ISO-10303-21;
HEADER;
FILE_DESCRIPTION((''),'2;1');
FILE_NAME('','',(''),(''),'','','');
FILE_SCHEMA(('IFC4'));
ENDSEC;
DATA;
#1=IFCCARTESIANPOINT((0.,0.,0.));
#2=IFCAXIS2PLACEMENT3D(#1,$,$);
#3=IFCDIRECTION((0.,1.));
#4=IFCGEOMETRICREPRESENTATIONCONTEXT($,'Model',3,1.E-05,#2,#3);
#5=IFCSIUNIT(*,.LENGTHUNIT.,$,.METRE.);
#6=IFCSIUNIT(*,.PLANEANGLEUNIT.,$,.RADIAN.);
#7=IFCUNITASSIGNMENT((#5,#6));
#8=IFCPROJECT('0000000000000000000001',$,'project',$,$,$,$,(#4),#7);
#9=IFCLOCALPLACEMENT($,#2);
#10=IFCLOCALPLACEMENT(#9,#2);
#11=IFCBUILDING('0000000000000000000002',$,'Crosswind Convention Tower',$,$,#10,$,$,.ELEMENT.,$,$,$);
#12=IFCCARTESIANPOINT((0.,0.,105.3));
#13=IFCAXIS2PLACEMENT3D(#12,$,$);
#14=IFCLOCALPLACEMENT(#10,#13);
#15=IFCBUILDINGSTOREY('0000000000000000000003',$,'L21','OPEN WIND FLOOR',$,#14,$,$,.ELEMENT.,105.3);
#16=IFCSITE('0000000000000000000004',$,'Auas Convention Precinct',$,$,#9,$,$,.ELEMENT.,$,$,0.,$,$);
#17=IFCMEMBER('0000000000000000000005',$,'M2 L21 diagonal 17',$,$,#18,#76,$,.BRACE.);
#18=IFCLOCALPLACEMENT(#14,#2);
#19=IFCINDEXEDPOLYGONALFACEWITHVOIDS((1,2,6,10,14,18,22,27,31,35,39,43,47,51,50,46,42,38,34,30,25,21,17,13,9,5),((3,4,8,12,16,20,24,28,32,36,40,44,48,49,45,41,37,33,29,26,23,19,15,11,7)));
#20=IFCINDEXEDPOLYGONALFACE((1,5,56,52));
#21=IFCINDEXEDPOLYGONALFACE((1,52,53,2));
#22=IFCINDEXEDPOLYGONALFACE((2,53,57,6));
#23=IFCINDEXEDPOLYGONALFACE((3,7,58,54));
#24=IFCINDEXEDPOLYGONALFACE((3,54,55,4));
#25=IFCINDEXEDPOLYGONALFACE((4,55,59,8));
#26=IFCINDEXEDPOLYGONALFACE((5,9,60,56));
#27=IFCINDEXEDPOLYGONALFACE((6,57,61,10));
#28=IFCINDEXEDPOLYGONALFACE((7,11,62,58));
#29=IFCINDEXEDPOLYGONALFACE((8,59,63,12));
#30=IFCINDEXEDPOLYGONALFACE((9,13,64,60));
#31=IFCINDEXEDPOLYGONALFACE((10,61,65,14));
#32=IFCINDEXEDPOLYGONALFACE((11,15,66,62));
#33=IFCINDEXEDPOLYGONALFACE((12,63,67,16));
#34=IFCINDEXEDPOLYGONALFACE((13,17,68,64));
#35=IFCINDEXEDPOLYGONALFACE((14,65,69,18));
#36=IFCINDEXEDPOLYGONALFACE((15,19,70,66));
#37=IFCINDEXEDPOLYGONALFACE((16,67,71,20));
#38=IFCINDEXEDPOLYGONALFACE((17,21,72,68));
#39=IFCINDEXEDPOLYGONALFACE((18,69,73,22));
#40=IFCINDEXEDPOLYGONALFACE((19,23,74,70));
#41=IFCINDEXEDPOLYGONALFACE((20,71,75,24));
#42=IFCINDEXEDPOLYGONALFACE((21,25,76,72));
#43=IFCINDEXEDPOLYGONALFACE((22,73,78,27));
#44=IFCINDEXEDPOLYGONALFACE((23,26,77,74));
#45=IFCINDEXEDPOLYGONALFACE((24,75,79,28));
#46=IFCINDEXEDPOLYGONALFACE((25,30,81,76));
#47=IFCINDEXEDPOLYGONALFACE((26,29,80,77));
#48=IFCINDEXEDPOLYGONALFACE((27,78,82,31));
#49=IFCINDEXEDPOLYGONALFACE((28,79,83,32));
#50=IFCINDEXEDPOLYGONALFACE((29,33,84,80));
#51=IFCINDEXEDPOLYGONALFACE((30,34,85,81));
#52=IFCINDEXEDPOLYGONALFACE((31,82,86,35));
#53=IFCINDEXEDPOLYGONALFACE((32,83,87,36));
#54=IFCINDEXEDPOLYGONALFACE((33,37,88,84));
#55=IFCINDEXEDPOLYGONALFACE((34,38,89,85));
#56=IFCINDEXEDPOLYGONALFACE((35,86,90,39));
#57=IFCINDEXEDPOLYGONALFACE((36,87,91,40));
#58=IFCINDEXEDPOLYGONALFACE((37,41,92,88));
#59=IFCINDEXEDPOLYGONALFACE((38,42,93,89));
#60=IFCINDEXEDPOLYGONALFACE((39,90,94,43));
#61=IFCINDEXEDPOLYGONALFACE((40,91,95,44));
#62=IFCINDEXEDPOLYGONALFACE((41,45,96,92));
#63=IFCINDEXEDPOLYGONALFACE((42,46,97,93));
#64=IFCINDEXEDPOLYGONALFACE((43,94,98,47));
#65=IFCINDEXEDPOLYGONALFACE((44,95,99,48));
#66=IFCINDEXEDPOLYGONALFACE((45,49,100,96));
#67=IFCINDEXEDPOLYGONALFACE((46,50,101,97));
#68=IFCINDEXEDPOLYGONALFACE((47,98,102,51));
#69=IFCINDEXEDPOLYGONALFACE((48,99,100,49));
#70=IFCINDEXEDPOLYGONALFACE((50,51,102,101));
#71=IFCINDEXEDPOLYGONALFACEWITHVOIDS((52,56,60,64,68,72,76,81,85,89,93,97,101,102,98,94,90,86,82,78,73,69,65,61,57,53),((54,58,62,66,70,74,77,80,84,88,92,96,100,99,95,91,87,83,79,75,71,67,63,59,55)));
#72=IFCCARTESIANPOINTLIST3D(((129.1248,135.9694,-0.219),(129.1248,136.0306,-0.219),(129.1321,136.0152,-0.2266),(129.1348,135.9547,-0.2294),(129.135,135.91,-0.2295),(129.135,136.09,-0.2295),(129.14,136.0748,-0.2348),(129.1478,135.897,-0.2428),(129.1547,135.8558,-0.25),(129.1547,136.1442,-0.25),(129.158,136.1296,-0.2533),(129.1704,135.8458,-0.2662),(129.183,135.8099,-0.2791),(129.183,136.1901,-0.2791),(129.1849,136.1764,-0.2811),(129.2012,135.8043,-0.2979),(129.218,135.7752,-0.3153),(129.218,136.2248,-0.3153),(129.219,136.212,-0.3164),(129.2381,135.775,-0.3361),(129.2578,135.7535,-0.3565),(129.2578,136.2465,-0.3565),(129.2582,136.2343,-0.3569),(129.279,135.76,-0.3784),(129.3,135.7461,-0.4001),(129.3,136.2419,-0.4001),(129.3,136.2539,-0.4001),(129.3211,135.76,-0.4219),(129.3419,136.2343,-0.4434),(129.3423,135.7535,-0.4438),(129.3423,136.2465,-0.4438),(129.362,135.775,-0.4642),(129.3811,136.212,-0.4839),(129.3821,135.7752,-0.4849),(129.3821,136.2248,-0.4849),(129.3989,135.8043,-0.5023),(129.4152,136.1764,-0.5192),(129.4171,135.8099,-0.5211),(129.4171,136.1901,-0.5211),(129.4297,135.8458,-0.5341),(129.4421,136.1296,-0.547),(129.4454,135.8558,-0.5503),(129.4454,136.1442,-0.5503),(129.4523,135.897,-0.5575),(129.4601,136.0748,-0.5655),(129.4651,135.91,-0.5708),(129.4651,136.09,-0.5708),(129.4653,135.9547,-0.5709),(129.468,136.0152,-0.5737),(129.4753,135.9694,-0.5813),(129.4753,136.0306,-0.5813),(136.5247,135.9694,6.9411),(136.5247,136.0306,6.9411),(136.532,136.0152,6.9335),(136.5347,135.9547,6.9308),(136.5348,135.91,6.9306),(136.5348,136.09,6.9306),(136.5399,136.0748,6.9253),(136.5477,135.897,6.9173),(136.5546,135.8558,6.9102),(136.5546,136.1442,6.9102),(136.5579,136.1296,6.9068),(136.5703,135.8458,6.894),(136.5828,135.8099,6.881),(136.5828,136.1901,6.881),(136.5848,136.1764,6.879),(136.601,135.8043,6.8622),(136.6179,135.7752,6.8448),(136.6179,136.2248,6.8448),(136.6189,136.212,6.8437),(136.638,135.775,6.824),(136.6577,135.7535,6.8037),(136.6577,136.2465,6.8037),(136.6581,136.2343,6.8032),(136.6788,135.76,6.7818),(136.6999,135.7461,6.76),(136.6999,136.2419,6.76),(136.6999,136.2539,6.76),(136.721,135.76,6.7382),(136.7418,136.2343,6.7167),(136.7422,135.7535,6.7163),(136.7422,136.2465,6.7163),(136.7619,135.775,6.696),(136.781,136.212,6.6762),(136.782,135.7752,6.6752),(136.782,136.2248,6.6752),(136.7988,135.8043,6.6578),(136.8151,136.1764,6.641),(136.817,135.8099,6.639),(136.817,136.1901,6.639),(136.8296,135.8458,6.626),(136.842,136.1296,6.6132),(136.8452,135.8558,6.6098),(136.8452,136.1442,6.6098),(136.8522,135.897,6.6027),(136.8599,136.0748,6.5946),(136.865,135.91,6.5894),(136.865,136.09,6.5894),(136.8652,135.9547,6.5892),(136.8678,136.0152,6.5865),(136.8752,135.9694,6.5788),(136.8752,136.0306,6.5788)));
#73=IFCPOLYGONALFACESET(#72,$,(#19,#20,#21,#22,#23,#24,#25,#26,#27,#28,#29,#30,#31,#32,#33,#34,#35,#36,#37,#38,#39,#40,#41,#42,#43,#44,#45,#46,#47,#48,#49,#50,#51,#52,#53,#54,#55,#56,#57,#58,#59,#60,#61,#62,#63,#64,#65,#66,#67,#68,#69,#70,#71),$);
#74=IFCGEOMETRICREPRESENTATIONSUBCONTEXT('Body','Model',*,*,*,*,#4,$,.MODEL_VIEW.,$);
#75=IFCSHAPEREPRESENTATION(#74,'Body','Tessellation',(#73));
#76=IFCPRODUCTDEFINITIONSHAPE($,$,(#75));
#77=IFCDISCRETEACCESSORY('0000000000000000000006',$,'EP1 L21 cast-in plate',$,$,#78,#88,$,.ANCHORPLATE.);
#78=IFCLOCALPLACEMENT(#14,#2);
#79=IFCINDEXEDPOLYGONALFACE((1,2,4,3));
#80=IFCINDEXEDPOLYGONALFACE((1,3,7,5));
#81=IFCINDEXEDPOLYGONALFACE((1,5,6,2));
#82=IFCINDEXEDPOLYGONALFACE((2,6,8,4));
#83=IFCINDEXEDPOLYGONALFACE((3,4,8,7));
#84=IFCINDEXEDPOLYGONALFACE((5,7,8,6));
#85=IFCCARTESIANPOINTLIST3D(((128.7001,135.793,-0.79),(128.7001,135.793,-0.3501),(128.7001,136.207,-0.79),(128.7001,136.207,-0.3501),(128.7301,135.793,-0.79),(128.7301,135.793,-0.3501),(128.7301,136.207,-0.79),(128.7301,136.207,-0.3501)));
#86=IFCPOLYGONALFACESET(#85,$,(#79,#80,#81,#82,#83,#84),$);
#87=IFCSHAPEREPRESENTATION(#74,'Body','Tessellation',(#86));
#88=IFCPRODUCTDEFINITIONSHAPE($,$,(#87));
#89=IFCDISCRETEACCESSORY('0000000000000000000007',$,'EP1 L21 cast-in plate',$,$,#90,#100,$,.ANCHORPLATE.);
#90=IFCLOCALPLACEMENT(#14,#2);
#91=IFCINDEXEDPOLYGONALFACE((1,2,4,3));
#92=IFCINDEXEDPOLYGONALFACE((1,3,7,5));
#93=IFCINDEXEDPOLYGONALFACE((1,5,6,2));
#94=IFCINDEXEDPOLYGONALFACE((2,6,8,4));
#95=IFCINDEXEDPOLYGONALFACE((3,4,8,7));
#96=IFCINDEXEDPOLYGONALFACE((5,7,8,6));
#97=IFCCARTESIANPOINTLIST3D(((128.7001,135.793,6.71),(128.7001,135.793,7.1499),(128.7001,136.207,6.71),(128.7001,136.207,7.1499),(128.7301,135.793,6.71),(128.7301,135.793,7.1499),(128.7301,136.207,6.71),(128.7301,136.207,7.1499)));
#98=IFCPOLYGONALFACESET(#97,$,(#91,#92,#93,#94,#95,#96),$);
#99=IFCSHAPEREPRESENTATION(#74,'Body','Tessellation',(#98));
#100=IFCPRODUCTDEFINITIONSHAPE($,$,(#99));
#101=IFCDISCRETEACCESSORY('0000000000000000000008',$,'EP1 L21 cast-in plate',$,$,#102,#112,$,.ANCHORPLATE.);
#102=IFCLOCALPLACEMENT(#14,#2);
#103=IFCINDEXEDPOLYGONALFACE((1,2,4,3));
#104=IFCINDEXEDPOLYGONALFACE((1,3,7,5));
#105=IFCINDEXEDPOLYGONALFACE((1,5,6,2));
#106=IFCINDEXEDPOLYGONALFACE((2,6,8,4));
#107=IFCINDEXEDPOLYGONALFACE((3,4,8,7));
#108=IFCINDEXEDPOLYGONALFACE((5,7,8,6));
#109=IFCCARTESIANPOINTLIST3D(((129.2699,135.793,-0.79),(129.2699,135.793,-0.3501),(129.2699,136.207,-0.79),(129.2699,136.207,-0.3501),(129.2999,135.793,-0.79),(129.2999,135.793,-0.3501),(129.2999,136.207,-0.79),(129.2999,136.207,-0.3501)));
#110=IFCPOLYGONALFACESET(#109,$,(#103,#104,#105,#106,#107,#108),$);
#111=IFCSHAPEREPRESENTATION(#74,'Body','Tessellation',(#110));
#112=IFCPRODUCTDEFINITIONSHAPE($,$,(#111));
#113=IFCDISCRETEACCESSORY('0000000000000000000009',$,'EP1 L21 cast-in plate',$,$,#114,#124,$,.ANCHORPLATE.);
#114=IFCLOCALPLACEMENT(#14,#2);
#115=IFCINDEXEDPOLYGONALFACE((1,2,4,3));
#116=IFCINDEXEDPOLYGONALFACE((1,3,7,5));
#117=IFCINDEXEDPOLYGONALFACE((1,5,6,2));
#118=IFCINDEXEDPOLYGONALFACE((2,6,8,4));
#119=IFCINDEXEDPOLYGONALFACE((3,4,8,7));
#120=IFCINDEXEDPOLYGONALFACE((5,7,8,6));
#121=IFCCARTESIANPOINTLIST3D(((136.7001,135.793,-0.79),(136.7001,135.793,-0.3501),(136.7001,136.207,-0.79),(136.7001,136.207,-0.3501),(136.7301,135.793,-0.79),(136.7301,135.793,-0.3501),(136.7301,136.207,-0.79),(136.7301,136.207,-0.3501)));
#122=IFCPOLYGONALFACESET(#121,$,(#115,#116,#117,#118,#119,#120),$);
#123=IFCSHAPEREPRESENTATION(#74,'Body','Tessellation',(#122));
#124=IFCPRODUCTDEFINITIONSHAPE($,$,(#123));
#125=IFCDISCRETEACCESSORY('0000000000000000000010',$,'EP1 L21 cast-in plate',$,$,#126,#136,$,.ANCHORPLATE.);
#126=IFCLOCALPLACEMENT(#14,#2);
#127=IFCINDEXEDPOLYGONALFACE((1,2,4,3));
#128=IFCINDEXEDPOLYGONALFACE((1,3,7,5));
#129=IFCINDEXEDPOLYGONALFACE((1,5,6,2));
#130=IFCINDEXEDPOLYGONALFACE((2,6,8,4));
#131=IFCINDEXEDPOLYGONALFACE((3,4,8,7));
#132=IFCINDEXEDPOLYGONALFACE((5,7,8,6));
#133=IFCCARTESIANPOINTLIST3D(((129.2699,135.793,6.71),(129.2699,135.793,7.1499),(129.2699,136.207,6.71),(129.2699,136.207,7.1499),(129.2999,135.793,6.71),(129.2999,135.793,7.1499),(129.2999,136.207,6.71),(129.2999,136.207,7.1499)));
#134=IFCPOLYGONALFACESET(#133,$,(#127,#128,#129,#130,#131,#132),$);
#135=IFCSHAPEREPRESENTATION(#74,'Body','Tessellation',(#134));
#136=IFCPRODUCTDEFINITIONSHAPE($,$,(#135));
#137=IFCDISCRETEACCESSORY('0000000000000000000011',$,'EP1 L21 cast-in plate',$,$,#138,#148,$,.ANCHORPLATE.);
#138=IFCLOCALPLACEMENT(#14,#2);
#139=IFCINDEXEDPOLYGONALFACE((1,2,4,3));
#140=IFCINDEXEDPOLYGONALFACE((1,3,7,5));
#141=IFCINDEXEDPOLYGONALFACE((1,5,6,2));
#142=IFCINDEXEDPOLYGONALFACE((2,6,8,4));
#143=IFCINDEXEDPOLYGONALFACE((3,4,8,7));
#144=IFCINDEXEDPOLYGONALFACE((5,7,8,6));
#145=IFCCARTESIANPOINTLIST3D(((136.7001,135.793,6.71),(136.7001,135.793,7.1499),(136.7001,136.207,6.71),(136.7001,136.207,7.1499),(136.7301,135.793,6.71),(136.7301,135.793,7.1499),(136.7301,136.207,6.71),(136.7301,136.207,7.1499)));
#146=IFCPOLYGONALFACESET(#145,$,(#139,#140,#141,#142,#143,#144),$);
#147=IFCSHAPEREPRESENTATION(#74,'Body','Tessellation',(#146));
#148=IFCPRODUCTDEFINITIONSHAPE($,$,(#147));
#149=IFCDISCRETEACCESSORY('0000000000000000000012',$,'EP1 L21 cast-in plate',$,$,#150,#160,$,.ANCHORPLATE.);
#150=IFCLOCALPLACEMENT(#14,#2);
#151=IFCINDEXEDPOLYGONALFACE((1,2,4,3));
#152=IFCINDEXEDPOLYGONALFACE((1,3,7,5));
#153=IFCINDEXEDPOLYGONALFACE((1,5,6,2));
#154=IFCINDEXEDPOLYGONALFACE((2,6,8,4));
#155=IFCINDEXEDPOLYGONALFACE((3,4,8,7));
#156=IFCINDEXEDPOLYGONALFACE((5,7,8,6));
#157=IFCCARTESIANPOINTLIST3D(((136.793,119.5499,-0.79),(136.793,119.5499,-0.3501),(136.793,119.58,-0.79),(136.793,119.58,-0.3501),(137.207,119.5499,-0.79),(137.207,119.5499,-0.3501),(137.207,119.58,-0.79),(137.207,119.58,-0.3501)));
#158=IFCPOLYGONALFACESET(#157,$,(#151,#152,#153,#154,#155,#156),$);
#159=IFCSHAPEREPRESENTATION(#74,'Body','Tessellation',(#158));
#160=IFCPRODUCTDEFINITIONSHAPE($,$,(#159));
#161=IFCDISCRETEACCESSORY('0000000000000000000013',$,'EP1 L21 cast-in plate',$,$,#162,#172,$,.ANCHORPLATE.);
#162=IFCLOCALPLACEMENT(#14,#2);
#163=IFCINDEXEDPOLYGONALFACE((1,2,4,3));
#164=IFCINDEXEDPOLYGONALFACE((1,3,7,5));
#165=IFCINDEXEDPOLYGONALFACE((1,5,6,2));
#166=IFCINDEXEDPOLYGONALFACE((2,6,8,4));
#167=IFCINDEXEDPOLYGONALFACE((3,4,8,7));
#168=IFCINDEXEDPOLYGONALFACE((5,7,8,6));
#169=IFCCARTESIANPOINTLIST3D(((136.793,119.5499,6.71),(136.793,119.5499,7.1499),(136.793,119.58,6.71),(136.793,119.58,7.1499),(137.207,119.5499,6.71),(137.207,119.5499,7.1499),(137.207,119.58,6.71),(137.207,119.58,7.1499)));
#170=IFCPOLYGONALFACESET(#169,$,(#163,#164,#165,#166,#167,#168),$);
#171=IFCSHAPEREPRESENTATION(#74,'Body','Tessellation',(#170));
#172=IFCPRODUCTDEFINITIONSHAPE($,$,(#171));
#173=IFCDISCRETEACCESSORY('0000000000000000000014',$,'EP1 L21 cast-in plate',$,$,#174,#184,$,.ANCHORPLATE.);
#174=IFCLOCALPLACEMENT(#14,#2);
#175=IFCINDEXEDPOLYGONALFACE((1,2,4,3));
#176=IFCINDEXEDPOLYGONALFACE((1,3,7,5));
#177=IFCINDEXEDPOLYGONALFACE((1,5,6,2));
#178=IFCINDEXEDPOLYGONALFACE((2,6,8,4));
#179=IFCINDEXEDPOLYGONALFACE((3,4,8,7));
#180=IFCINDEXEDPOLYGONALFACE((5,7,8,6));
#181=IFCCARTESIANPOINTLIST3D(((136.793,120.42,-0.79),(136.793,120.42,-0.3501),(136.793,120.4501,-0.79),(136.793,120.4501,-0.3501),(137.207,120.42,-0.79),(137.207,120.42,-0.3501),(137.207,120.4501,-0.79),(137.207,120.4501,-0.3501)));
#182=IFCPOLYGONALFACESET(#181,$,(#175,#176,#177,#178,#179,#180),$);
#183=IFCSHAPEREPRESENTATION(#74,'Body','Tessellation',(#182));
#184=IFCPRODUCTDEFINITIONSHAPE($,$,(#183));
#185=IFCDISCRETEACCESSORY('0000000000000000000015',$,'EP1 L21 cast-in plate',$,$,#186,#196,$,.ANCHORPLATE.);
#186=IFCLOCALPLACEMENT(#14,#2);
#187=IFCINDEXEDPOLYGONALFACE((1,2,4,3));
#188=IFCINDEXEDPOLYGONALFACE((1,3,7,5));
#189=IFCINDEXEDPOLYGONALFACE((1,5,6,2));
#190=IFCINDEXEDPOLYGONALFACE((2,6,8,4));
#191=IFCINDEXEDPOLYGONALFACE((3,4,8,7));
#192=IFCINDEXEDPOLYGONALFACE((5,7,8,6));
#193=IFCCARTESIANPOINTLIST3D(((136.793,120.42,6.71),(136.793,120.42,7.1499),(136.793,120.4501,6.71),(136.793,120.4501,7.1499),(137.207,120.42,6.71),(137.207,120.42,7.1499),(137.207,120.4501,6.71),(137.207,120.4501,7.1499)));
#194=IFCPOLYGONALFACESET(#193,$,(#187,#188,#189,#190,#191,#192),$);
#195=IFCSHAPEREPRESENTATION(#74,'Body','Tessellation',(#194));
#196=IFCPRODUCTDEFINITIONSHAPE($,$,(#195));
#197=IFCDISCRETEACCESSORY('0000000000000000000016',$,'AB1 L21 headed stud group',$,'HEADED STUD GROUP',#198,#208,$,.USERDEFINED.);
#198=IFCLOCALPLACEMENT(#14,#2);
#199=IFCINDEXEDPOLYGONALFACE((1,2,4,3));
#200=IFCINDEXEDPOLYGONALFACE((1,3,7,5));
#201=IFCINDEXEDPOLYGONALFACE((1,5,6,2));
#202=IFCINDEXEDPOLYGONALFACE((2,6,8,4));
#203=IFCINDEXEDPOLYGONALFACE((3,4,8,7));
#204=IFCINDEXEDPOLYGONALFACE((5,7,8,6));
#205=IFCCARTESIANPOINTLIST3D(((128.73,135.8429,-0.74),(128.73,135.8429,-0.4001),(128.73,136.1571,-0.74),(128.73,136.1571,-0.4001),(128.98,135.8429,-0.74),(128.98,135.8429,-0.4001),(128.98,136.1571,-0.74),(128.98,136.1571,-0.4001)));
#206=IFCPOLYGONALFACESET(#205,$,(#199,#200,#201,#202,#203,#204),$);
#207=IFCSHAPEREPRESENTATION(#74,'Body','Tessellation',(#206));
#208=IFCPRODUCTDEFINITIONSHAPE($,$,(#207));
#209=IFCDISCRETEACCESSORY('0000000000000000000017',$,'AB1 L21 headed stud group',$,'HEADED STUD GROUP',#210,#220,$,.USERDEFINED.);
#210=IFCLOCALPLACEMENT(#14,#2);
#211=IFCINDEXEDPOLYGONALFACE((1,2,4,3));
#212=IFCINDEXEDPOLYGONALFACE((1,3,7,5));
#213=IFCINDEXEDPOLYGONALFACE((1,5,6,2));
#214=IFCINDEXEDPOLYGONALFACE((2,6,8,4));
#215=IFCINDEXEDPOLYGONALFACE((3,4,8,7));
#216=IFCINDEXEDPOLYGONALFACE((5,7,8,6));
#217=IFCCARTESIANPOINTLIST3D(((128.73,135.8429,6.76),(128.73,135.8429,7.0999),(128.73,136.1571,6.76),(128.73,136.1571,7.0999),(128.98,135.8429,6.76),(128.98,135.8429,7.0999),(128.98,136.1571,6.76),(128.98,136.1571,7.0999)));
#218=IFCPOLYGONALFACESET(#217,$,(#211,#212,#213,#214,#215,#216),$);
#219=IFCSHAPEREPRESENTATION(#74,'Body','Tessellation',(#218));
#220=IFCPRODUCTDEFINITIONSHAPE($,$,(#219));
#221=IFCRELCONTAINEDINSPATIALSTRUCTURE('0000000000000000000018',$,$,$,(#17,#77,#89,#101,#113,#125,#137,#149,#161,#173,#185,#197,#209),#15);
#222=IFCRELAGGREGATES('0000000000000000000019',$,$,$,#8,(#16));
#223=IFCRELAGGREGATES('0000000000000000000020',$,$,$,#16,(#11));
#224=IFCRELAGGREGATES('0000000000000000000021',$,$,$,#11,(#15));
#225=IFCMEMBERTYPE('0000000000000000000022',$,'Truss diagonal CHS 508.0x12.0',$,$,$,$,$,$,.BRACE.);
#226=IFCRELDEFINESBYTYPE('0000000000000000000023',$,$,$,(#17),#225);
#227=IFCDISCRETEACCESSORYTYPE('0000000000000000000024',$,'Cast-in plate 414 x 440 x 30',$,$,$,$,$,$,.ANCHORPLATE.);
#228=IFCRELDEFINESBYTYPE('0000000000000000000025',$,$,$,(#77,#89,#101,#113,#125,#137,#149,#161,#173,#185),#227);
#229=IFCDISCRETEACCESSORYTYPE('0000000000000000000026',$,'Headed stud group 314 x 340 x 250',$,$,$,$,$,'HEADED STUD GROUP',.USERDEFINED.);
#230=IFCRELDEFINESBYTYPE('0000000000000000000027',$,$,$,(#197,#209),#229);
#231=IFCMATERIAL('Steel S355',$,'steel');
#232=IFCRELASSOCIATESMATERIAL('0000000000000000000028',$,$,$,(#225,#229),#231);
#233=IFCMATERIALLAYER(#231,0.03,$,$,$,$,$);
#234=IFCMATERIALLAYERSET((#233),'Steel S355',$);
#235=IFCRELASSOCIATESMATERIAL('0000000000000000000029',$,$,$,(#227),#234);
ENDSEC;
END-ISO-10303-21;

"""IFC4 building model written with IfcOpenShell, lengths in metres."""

from ifc_helpers import new_model, si_unit, direction, frame, origin, origin_2d, place, context, subcontext, project, spatial, rectangle, hollow_circle, extrude, material, layer, layer_set, material_profile, profile_set, type_object, element, save


model = new_model("IFC4")

# Units and contexts
model_context = context("Model", 3, precision=1e-05, world=origin(), true_north=direction((0.0, 1.0)))
body_context = subcontext(model_context, "Body", "Model", "MODEL_VIEW")
ifc_project = project(units=[si_unit("LENGTHUNIT", "METRE"), si_unit("PLANEANGLEUNIT", "RADIAN")], contexts=[model_context])

# Site, building, storey
site_placement = place(None, origin())
site = spatial("IfcSite", under=ifc_project, at=site_placement, Name="Auas Convention Precinct", CompositionType="ELEMENT", RefElevation=0.0)
building_placement = place(site_placement, origin())
building = spatial("IfcBuilding", under=site, at=building_placement, Name="Crosswind Convention Tower", CompositionType="ELEMENT")
storey_placement = place(building_placement, frame((0.0, 0.0, 105.3)))
storey = spatial("IfcBuildingStorey", under=building, at=storey_placement, Name="L21", Description="OPEN WIND FLOOR", CompositionType="ELEMENT", Elevation=105.3)

# Shared definitions
ifc_material_1 = material(Name="Steel S355", Category="steel")

# Member
ifc_material_profile_1 = material_profile(ifc_material_1, hollow_circle(Radius=0.2539, WallThickness=0.012, at=origin_2d()), Name="CHS 508.0x12.0")
ifc_profile_set_1 = profile_set([ifc_material_profile_1], Name="Steel S355")
member_type_1 = type_object("IfcMemberType", Name="Truss diagonal CHS 508.0x12.0", PredefinedType="BRACE", material=ifc_profile_set_1)
for number, where, z_axis, x_axis, name in (
    (1, (129.3, 136.0, -0.4001), (0.718653, 0.0, 0.695369), (0.0, 1.0, 0.0), "M2 L21 diagonal 17"),
):
    element("IfcMember", number, at=place(storey_placement, frame(where, z_axis=z_axis, x_axis=x_axis)), inside=storey, type_object=member_type_1, Name=name, PredefinedType="BRACE", context=body_context, shape_type="SweptSolid", body=[
        extrude(hollow_circle(Radius=0.2539, WallThickness=0.012, at=origin_2d()), origin(), (0.0, 0.0, 1.0), 10.2969),
    ])

# Discrete accessories
ifc_layer = layer(ifc_material_1, 0.03)
ifc_layer_set = layer_set([ifc_layer], Name="Steel S355")
discrete_accessory_type_1 = type_object("IfcDiscreteAccessoryType", Name="Cast-in plate 414 x 440 x 30", PredefinedType="ANCHORPLATE", material=ifc_layer_set)
for number, where, z_axis, x_axis, name in (
    (2, (128.7151, 136.0, -0.79), (0.0, 0.0, 1.0), (1.0, 0.0, 0.0), "EP1 L21 cast-in plate"),
    (3, (128.7151, 136.0, 6.71), (0.0, 0.0, 1.0), (1.0, 0.0, 0.0), "EP1 L21 cast-in plate"),
    (4, (129.2849, 136.0, -0.79), (0.0, 0.0, 1.0), (1.0, 0.0, 0.0), "EP1 L21 cast-in plate"),
    (5, (136.7151, 136.0, -0.79), (0.0, 0.0, 1.0), (1.0, 0.0, 0.0), "EP1 L21 cast-in plate"),
    (6, (129.2849, 136.0, 6.71), (0.0, 0.0, 1.0), (1.0, 0.0, 0.0), "EP1 L21 cast-in plate"),
    (7, (136.7151, 136.0, 6.71), (0.0, 0.0, 1.0), (1.0, 0.0, 0.0), "EP1 L21 cast-in plate"),
):
    element("IfcDiscreteAccessory", number, at=place(storey_placement, frame(where, z_axis=z_axis, x_axis=x_axis)), inside=storey, type_object=discrete_accessory_type_1, Name=name, PredefinedType="ANCHORPLATE", context=body_context, shape_type="SweptSolid", body=[
        extrude(rectangle(XDim=0.03, YDim=0.4141, at=origin_2d()), origin(), (0.0, 0.0, 1.0), 0.4399),
    ])
for number, where, z_axis, x_axis, name in (
    (8, (137.0, 119.5649, -0.79), (0.0, 0.0, 1.0), (1.0, 0.0, 0.0), "EP1 L21 cast-in plate"),
    (9, (137.0, 119.5649, 6.71), (0.0, 0.0, 1.0), (1.0, 0.0, 0.0), "EP1 L21 cast-in plate"),
    (10, (137.0, 120.4351, -0.79), (0.0, 0.0, 1.0), (1.0, 0.0, 0.0), "EP1 L21 cast-in plate"),
    (11, (137.0, 120.4351, 6.71), (0.0, 0.0, 1.0), (1.0, 0.0, 0.0), "EP1 L21 cast-in plate"),
):
    element("IfcDiscreteAccessory", number, at=place(storey_placement, frame(where, z_axis=z_axis, x_axis=x_axis)), inside=storey, type_object=discrete_accessory_type_1, Name=name, PredefinedType="ANCHORPLATE", context=body_context, shape_type="SweptSolid", body=[
        extrude(rectangle(XDim=0.4141, YDim=0.03, at=origin_2d()), origin(), (0.0, 0.0, 1.0), 0.4399),
    ])
discrete_accessory_type_2 = type_object("IfcDiscreteAccessoryType", Name="Headed stud group 314 x 340 x 250", ElementType="HEADED STUD GROUP", PredefinedType="USERDEFINED", material=ifc_material_1)
for number, where, z_axis, x_axis, name in (
    (12, (128.855, 136.0, -0.74), (0.0, 0.0, 1.0), (1.0, 0.0, 0.0), "AB1 L21 headed stud group"),
    (13, (128.855, 136.0, 6.76), (0.0, 0.0, 1.0), (1.0, 0.0, 0.0), "AB1 L21 headed stud group"),
):
    element("IfcDiscreteAccessory", number, at=place(storey_placement, frame(where, z_axis=z_axis, x_axis=x_axis)), inside=storey, type_object=discrete_accessory_type_2, Name=name, ObjectType="HEADED STUD GROUP", PredefinedType="USERDEFINED", context=body_context, shape_type="SweptSolid", body=[
        extrude(rectangle(XDim=0.25, YDim=0.3142, at=origin_2d()), origin(), (0.0, 0.0, 1.0), 0.3398),
    ])

save(model, "model.ifc")
